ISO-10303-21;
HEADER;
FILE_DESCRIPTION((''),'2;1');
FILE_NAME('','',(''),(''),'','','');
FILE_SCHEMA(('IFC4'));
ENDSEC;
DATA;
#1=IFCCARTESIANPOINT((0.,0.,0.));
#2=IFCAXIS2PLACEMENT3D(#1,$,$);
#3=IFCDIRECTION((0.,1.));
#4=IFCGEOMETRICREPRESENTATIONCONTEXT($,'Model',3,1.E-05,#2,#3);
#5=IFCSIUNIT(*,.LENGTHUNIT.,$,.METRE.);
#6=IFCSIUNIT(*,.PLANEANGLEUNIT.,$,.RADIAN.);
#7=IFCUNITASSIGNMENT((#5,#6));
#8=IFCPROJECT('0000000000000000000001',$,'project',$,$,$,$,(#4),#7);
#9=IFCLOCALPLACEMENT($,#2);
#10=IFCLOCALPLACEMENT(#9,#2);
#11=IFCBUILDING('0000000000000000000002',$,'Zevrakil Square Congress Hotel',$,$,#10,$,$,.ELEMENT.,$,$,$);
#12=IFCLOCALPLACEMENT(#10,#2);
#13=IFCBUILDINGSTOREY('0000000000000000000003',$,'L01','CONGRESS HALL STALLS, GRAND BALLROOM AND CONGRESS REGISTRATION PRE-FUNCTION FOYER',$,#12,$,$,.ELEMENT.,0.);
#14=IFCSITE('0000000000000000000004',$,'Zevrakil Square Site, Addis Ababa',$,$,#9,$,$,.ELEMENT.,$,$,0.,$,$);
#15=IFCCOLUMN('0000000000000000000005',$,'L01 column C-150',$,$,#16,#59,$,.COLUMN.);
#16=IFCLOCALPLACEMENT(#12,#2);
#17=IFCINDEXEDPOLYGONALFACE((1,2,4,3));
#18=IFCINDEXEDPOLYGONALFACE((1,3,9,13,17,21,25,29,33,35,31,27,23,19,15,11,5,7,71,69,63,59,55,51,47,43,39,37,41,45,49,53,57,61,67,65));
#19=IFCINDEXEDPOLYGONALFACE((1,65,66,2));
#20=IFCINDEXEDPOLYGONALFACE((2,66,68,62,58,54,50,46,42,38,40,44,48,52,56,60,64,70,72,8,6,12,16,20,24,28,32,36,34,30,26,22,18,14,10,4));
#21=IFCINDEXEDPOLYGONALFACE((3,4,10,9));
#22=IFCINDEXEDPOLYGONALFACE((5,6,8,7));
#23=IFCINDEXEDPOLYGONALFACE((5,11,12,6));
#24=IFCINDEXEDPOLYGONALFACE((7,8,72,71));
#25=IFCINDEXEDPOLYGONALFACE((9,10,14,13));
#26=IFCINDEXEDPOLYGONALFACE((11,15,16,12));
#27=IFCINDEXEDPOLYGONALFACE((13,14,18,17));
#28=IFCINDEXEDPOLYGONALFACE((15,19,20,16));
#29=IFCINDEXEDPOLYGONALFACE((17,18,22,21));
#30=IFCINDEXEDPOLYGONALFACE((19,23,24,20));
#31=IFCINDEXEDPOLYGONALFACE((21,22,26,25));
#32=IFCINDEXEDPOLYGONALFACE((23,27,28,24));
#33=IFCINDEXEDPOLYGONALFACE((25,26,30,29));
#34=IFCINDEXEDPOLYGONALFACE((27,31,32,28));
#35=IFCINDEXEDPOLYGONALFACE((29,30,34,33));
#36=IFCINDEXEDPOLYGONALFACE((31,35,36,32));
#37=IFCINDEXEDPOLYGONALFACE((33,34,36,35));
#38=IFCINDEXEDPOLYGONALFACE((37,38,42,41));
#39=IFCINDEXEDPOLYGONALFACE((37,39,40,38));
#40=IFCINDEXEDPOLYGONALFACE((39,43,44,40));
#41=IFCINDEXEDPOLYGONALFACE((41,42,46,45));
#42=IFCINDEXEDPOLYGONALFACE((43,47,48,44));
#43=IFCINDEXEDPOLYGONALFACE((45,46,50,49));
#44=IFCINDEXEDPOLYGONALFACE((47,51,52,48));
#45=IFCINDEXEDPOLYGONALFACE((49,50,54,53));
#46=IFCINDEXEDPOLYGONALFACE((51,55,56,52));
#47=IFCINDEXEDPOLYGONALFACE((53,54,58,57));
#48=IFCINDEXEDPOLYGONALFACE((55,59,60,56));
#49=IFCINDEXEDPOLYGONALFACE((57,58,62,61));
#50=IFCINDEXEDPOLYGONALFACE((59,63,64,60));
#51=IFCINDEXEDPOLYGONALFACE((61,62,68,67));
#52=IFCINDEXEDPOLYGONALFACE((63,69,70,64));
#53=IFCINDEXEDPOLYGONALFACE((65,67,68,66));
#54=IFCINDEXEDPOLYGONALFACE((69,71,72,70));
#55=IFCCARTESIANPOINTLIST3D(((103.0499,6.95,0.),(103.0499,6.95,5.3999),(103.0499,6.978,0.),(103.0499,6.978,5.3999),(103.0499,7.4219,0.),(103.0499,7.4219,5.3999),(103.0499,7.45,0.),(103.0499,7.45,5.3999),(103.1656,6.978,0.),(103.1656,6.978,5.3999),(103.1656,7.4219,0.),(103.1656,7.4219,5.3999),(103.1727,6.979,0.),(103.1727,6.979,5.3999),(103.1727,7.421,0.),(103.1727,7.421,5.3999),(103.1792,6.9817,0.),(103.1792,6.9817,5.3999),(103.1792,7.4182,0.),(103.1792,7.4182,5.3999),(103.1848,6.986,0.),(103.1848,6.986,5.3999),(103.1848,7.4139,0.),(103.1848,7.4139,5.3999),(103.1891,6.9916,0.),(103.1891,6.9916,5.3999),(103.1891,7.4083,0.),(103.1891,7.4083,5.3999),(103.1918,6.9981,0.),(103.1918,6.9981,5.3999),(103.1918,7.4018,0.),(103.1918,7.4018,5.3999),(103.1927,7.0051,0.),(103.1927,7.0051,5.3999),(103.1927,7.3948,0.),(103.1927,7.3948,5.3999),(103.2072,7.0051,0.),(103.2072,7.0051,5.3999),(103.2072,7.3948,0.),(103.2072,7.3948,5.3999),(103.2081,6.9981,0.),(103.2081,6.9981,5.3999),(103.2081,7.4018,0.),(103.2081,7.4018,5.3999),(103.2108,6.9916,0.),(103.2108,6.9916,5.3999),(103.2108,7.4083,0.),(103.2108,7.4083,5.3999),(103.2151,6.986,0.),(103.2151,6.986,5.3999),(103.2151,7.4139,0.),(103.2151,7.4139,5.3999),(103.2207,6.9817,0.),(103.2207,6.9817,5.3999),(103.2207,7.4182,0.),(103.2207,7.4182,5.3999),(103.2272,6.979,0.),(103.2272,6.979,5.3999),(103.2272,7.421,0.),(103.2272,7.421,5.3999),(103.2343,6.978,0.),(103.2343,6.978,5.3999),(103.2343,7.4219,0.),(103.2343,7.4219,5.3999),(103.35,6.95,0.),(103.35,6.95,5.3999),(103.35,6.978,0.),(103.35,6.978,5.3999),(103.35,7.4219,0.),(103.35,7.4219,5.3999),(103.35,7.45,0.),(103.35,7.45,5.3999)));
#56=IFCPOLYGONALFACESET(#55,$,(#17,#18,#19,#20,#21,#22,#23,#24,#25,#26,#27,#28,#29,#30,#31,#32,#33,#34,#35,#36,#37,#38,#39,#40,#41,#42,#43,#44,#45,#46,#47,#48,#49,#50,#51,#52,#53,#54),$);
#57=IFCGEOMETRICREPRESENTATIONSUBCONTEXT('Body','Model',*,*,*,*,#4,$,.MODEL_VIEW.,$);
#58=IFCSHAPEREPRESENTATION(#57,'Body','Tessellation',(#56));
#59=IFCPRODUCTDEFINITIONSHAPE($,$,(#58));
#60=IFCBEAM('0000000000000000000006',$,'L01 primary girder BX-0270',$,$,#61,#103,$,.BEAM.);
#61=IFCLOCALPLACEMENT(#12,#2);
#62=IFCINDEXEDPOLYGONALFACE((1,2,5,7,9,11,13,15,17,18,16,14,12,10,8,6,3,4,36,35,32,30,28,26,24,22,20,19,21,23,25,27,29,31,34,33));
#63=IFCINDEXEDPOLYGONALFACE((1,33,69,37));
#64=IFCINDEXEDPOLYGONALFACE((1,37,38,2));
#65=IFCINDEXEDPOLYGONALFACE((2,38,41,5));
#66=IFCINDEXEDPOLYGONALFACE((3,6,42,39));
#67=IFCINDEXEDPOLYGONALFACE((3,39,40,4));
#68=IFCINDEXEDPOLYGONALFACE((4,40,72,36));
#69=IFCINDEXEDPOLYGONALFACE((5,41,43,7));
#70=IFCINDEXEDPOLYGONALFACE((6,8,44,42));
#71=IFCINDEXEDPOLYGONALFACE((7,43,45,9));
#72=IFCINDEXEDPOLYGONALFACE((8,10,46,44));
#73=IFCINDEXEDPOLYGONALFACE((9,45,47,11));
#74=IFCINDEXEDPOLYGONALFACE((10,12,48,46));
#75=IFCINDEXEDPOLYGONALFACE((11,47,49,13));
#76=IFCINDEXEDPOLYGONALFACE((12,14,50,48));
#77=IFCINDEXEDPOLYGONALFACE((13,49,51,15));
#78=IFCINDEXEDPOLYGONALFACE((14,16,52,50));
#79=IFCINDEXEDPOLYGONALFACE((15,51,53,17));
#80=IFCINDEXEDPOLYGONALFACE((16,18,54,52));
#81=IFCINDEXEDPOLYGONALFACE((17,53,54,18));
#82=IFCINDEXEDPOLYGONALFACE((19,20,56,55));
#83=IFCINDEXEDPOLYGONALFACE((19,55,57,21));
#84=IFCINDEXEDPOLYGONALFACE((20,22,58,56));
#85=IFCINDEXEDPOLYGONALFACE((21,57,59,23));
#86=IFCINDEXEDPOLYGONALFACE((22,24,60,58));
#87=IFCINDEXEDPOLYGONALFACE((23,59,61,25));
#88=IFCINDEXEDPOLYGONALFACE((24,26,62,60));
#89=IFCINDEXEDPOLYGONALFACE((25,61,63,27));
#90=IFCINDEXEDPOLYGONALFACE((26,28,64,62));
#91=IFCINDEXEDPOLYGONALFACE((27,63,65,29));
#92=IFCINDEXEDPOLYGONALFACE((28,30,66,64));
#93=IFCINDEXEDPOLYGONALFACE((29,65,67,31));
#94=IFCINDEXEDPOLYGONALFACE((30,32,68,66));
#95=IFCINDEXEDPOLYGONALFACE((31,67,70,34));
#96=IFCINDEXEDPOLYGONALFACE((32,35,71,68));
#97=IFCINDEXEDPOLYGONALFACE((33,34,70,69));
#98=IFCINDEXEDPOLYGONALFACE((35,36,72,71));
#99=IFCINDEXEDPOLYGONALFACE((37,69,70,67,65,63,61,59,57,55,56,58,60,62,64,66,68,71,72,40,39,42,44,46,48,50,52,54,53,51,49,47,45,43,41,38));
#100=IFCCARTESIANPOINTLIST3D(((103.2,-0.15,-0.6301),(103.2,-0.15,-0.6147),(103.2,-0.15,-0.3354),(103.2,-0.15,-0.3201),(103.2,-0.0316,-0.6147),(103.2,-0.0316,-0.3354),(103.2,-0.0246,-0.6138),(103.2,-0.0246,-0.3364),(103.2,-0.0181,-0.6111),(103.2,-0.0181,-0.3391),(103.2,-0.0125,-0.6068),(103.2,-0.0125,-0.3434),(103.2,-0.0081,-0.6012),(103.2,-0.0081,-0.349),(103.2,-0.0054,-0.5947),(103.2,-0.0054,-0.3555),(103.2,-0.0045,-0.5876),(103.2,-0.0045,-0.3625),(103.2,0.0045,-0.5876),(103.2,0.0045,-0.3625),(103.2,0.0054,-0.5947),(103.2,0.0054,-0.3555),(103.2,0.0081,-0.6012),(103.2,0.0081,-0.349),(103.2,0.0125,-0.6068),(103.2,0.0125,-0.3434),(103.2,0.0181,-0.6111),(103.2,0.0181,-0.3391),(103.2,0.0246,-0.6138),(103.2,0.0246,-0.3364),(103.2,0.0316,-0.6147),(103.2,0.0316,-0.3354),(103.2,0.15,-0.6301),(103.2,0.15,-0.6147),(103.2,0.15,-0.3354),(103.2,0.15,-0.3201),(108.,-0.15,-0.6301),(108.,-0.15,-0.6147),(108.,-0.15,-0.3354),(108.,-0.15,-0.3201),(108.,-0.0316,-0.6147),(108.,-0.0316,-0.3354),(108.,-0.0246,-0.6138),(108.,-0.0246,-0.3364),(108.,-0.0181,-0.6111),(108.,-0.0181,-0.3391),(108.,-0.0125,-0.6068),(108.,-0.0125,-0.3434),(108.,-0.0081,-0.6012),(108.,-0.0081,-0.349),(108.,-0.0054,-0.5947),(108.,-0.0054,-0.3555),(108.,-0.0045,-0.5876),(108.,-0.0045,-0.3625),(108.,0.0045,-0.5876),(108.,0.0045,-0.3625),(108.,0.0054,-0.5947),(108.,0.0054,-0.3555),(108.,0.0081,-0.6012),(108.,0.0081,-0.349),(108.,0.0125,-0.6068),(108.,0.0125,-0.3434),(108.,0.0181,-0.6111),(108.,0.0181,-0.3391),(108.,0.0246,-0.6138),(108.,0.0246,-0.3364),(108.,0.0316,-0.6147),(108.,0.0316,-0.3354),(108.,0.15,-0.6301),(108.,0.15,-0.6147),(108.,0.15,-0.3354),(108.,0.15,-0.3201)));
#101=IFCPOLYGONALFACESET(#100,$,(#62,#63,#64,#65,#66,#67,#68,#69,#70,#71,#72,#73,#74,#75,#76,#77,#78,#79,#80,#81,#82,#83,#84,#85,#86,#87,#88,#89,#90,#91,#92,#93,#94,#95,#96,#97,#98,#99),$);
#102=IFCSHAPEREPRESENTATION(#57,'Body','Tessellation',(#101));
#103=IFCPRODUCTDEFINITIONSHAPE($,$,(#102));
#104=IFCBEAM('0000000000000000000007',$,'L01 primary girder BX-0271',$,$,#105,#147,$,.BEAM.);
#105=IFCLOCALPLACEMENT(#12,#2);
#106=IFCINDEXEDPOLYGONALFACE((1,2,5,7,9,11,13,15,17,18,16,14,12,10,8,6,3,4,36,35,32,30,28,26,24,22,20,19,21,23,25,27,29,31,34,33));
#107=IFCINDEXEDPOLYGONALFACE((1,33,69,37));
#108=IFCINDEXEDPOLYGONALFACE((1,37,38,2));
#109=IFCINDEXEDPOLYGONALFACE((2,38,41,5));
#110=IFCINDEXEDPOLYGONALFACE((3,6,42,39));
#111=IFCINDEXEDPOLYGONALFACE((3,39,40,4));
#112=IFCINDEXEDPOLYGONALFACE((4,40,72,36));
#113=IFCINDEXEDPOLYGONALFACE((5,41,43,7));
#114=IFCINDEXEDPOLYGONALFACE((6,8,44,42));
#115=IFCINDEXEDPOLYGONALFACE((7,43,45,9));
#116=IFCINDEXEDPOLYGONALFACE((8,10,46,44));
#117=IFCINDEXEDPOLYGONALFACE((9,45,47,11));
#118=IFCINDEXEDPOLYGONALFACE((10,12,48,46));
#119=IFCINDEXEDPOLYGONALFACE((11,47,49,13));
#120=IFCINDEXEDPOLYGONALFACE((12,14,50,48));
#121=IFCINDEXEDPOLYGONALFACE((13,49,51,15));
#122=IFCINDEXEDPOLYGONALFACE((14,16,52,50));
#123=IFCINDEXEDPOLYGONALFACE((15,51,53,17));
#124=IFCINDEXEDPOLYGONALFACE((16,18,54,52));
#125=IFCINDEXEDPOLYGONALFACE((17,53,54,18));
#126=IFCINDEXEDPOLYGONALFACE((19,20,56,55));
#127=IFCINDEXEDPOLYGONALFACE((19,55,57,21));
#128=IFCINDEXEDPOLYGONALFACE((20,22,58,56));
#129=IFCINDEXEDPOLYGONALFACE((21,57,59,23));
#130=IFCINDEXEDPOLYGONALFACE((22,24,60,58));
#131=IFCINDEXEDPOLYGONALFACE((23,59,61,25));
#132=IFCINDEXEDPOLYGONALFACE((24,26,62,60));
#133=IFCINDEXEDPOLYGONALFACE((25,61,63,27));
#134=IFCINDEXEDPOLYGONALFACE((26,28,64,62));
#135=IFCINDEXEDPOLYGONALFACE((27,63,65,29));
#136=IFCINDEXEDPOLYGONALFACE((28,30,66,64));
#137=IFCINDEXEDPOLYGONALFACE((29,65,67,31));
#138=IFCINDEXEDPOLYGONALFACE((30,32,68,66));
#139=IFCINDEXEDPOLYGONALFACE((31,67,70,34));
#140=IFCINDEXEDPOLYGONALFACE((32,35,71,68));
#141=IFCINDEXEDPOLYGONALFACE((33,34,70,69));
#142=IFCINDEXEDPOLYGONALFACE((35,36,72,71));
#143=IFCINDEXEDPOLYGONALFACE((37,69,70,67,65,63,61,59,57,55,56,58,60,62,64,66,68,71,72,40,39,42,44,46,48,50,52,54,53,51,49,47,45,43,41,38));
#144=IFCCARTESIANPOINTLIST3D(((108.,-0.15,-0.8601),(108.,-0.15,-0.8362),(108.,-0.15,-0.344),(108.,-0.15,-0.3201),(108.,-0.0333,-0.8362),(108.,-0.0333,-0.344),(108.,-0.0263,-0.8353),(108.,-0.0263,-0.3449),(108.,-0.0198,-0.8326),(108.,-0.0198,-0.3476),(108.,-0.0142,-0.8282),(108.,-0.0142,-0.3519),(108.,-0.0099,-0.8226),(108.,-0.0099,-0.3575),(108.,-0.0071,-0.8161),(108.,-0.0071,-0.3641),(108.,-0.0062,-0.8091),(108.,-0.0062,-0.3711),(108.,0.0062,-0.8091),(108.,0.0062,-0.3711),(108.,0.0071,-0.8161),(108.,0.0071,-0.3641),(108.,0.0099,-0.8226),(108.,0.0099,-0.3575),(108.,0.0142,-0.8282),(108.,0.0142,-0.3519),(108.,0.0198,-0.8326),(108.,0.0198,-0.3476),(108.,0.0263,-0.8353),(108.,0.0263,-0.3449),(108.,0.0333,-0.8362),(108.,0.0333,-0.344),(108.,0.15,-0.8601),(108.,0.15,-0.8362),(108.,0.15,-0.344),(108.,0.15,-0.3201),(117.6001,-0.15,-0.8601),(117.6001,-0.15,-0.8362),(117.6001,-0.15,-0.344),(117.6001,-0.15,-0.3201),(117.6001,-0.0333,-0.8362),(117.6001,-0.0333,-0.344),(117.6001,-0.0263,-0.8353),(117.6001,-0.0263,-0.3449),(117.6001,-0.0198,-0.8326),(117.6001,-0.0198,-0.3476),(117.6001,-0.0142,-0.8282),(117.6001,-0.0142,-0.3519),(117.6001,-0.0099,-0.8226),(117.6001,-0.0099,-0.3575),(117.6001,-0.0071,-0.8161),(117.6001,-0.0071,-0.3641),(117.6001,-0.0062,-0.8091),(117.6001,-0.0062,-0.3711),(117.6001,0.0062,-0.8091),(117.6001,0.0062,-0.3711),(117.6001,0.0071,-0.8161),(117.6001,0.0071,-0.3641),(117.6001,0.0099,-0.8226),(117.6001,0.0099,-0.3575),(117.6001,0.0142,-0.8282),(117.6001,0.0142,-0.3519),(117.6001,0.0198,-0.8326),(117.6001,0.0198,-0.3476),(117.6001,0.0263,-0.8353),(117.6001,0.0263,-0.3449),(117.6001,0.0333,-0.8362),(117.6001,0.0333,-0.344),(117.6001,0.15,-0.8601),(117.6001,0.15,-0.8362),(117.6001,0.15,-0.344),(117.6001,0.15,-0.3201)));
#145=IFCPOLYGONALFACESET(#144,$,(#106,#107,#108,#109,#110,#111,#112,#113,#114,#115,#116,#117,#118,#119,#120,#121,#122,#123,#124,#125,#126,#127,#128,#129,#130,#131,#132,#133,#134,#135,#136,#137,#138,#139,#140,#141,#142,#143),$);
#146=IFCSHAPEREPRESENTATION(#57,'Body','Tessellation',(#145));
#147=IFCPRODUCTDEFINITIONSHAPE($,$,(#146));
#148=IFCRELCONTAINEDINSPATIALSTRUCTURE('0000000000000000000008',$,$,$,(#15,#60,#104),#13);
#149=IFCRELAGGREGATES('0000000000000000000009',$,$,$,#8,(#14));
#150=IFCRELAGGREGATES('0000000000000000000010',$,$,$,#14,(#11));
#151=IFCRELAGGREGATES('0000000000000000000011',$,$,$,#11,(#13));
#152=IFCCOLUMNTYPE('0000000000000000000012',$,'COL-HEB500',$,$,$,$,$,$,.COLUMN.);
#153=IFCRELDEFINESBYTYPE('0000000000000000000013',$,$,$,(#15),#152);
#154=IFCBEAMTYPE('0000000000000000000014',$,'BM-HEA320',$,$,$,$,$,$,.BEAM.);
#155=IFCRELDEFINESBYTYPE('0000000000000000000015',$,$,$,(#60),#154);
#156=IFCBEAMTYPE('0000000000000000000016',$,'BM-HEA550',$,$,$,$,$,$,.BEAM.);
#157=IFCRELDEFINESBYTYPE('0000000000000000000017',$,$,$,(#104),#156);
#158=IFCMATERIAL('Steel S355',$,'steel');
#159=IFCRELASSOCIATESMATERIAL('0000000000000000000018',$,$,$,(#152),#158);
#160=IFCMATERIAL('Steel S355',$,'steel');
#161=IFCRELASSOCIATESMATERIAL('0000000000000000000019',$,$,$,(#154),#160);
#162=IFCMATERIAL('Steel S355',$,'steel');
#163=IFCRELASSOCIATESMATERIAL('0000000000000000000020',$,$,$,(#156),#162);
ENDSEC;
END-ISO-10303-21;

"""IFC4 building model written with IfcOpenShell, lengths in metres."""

from ifc_helpers import new_model, si_unit, direction, frame, origin, origin_2d, place, context, subcontext, project, spatial, i_section, extrude, material, material_profile, profile_set, type_object, element, save


model = new_model("IFC4")

# Units and contexts
model_context = context("Model", 3, precision=1e-05, world=origin(), true_north=direction((0.0, 1.0)))
body_context = subcontext(model_context, "Body", "Model", "MODEL_VIEW")
ifc_project = project(units=[si_unit("LENGTHUNIT", "METRE"), si_unit("PLANEANGLEUNIT", "RADIAN")], contexts=[model_context])

# Site, building, storey
site_placement = place(None, origin())
site = spatial("IfcSite", under=ifc_project, at=site_placement, Name="Zevrakil Square Site, Addis Ababa", CompositionType="ELEMENT", RefElevation=0.0)
building_placement = place(site_placement, origin())
building = spatial("IfcBuilding", under=site, at=building_placement, Name="Zevrakil Square Congress Hotel", CompositionType="ELEMENT")
storey_placement = place(building_placement, origin())
storey = spatial("IfcBuildingStorey", under=building, at=storey_placement, Name="L01", Description="CONGRESS HALL STALLS, GRAND BALLROOM AND CONGRESS REGISTRATION PRE-FUNCTION FOYER", CompositionType="ELEMENT", Elevation=0.0)

# Column
ifc_material_1 = material(Name="Steel S355", Category="steel")
ifc_material_profile_1 = material_profile(ifc_material_1, i_section(OverallWidth=0.3, OverallDepth=0.5, WebThickness=0.0144, FlangeThickness=0.0281, FilletRadius=0.0271, at=origin_2d()), Name="HEB 500")
ifc_profile_set_1 = profile_set([ifc_material_profile_1], Name="Steel S355")
column_type_1 = type_object("IfcColumnType", Name="COL-HEB500", PredefinedType="COLUMN", material=ifc_profile_set_1)
column_1_placement = place(storey_placement, frame((103.2, 7.2, 0.0), z_axis=(0.0, 0.0, 1.0), x_axis=(1.0, 0.0, 0.0)))
element("IfcColumn", 1, at=column_1_placement, inside=storey, type_object=column_type_1, Name="L01 column C-150", PredefinedType="COLUMN", context=body_context, shape_type="SweptSolid", body=[
    extrude(i_section(OverallWidth=0.3, OverallDepth=0.5, WebThickness=0.0144, FlangeThickness=0.0281, FilletRadius=0.0271, at=origin_2d()), origin(), (0.0, 0.0, 1.0), 5.3999),
])

# Beams
ifc_material_2 = material(Name="Steel S355", Category="steel")
ifc_material_profile_2 = material_profile(ifc_material_2, i_section(OverallWidth=0.3, OverallDepth=0.3101, WebThickness=0.009, FlangeThickness=0.0154, FilletRadius=0.0271, at=origin_2d()), Name="HEA 320")
ifc_profile_set_2 = profile_set([ifc_material_profile_2], Name="Steel S355")
beam_type_1 = type_object("IfcBeamType", Name="BM-HEA320", PredefinedType="BEAM", material=ifc_profile_set_2)
beam_1_placement = place(storey_placement, frame((103.2, 0.0, -0.4751), z_axis=(1.0, 0.0, 0.0), x_axis=(0.0, 1.0, 0.0)))
element("IfcBeam", 2, at=beam_1_placement, inside=storey, type_object=beam_type_1, Name="L01 primary girder BX-0270", PredefinedType="BEAM", context=body_context, shape_type="SweptSolid", body=[
    extrude(i_section(OverallWidth=0.3, OverallDepth=0.3101, WebThickness=0.009, FlangeThickness=0.0154, FilletRadius=0.0271, at=origin_2d()), origin(), (0.0, 0.0, 1.0), 4.8),
])
ifc_material_3 = material(Name="Steel S355", Category="steel")
ifc_material_profile_3 = material_profile(ifc_material_3, i_section(OverallWidth=0.3, OverallDepth=0.54, WebThickness=0.0125, FlangeThickness=0.0239, FilletRadius=0.0271, at=origin_2d()), Name="HEA 550")
ifc_profile_set_3 = profile_set([ifc_material_profile_3], Name="Steel S355")
beam_type_2 = type_object("IfcBeamType", Name="BM-HEA550", PredefinedType="BEAM", material=ifc_profile_set_3)
beam_2_placement = place(storey_placement, frame((108.0, 0.0, -0.5901), z_axis=(1.0, 0.0, 0.0), x_axis=(0.0, 1.0, 0.0)))
element("IfcBeam", 3, at=beam_2_placement, inside=storey, type_object=beam_type_2, Name="L01 primary girder BX-0271", PredefinedType="BEAM", context=body_context, shape_type="SweptSolid", body=[
    extrude(i_section(OverallWidth=0.3, OverallDepth=0.54, WebThickness=0.0125, FlangeThickness=0.0239, FilletRadius=0.0271, at=origin_2d()), origin(), (0.0, 0.0, 1.0), 9.6001),
])

save(model, "model.ifc")
